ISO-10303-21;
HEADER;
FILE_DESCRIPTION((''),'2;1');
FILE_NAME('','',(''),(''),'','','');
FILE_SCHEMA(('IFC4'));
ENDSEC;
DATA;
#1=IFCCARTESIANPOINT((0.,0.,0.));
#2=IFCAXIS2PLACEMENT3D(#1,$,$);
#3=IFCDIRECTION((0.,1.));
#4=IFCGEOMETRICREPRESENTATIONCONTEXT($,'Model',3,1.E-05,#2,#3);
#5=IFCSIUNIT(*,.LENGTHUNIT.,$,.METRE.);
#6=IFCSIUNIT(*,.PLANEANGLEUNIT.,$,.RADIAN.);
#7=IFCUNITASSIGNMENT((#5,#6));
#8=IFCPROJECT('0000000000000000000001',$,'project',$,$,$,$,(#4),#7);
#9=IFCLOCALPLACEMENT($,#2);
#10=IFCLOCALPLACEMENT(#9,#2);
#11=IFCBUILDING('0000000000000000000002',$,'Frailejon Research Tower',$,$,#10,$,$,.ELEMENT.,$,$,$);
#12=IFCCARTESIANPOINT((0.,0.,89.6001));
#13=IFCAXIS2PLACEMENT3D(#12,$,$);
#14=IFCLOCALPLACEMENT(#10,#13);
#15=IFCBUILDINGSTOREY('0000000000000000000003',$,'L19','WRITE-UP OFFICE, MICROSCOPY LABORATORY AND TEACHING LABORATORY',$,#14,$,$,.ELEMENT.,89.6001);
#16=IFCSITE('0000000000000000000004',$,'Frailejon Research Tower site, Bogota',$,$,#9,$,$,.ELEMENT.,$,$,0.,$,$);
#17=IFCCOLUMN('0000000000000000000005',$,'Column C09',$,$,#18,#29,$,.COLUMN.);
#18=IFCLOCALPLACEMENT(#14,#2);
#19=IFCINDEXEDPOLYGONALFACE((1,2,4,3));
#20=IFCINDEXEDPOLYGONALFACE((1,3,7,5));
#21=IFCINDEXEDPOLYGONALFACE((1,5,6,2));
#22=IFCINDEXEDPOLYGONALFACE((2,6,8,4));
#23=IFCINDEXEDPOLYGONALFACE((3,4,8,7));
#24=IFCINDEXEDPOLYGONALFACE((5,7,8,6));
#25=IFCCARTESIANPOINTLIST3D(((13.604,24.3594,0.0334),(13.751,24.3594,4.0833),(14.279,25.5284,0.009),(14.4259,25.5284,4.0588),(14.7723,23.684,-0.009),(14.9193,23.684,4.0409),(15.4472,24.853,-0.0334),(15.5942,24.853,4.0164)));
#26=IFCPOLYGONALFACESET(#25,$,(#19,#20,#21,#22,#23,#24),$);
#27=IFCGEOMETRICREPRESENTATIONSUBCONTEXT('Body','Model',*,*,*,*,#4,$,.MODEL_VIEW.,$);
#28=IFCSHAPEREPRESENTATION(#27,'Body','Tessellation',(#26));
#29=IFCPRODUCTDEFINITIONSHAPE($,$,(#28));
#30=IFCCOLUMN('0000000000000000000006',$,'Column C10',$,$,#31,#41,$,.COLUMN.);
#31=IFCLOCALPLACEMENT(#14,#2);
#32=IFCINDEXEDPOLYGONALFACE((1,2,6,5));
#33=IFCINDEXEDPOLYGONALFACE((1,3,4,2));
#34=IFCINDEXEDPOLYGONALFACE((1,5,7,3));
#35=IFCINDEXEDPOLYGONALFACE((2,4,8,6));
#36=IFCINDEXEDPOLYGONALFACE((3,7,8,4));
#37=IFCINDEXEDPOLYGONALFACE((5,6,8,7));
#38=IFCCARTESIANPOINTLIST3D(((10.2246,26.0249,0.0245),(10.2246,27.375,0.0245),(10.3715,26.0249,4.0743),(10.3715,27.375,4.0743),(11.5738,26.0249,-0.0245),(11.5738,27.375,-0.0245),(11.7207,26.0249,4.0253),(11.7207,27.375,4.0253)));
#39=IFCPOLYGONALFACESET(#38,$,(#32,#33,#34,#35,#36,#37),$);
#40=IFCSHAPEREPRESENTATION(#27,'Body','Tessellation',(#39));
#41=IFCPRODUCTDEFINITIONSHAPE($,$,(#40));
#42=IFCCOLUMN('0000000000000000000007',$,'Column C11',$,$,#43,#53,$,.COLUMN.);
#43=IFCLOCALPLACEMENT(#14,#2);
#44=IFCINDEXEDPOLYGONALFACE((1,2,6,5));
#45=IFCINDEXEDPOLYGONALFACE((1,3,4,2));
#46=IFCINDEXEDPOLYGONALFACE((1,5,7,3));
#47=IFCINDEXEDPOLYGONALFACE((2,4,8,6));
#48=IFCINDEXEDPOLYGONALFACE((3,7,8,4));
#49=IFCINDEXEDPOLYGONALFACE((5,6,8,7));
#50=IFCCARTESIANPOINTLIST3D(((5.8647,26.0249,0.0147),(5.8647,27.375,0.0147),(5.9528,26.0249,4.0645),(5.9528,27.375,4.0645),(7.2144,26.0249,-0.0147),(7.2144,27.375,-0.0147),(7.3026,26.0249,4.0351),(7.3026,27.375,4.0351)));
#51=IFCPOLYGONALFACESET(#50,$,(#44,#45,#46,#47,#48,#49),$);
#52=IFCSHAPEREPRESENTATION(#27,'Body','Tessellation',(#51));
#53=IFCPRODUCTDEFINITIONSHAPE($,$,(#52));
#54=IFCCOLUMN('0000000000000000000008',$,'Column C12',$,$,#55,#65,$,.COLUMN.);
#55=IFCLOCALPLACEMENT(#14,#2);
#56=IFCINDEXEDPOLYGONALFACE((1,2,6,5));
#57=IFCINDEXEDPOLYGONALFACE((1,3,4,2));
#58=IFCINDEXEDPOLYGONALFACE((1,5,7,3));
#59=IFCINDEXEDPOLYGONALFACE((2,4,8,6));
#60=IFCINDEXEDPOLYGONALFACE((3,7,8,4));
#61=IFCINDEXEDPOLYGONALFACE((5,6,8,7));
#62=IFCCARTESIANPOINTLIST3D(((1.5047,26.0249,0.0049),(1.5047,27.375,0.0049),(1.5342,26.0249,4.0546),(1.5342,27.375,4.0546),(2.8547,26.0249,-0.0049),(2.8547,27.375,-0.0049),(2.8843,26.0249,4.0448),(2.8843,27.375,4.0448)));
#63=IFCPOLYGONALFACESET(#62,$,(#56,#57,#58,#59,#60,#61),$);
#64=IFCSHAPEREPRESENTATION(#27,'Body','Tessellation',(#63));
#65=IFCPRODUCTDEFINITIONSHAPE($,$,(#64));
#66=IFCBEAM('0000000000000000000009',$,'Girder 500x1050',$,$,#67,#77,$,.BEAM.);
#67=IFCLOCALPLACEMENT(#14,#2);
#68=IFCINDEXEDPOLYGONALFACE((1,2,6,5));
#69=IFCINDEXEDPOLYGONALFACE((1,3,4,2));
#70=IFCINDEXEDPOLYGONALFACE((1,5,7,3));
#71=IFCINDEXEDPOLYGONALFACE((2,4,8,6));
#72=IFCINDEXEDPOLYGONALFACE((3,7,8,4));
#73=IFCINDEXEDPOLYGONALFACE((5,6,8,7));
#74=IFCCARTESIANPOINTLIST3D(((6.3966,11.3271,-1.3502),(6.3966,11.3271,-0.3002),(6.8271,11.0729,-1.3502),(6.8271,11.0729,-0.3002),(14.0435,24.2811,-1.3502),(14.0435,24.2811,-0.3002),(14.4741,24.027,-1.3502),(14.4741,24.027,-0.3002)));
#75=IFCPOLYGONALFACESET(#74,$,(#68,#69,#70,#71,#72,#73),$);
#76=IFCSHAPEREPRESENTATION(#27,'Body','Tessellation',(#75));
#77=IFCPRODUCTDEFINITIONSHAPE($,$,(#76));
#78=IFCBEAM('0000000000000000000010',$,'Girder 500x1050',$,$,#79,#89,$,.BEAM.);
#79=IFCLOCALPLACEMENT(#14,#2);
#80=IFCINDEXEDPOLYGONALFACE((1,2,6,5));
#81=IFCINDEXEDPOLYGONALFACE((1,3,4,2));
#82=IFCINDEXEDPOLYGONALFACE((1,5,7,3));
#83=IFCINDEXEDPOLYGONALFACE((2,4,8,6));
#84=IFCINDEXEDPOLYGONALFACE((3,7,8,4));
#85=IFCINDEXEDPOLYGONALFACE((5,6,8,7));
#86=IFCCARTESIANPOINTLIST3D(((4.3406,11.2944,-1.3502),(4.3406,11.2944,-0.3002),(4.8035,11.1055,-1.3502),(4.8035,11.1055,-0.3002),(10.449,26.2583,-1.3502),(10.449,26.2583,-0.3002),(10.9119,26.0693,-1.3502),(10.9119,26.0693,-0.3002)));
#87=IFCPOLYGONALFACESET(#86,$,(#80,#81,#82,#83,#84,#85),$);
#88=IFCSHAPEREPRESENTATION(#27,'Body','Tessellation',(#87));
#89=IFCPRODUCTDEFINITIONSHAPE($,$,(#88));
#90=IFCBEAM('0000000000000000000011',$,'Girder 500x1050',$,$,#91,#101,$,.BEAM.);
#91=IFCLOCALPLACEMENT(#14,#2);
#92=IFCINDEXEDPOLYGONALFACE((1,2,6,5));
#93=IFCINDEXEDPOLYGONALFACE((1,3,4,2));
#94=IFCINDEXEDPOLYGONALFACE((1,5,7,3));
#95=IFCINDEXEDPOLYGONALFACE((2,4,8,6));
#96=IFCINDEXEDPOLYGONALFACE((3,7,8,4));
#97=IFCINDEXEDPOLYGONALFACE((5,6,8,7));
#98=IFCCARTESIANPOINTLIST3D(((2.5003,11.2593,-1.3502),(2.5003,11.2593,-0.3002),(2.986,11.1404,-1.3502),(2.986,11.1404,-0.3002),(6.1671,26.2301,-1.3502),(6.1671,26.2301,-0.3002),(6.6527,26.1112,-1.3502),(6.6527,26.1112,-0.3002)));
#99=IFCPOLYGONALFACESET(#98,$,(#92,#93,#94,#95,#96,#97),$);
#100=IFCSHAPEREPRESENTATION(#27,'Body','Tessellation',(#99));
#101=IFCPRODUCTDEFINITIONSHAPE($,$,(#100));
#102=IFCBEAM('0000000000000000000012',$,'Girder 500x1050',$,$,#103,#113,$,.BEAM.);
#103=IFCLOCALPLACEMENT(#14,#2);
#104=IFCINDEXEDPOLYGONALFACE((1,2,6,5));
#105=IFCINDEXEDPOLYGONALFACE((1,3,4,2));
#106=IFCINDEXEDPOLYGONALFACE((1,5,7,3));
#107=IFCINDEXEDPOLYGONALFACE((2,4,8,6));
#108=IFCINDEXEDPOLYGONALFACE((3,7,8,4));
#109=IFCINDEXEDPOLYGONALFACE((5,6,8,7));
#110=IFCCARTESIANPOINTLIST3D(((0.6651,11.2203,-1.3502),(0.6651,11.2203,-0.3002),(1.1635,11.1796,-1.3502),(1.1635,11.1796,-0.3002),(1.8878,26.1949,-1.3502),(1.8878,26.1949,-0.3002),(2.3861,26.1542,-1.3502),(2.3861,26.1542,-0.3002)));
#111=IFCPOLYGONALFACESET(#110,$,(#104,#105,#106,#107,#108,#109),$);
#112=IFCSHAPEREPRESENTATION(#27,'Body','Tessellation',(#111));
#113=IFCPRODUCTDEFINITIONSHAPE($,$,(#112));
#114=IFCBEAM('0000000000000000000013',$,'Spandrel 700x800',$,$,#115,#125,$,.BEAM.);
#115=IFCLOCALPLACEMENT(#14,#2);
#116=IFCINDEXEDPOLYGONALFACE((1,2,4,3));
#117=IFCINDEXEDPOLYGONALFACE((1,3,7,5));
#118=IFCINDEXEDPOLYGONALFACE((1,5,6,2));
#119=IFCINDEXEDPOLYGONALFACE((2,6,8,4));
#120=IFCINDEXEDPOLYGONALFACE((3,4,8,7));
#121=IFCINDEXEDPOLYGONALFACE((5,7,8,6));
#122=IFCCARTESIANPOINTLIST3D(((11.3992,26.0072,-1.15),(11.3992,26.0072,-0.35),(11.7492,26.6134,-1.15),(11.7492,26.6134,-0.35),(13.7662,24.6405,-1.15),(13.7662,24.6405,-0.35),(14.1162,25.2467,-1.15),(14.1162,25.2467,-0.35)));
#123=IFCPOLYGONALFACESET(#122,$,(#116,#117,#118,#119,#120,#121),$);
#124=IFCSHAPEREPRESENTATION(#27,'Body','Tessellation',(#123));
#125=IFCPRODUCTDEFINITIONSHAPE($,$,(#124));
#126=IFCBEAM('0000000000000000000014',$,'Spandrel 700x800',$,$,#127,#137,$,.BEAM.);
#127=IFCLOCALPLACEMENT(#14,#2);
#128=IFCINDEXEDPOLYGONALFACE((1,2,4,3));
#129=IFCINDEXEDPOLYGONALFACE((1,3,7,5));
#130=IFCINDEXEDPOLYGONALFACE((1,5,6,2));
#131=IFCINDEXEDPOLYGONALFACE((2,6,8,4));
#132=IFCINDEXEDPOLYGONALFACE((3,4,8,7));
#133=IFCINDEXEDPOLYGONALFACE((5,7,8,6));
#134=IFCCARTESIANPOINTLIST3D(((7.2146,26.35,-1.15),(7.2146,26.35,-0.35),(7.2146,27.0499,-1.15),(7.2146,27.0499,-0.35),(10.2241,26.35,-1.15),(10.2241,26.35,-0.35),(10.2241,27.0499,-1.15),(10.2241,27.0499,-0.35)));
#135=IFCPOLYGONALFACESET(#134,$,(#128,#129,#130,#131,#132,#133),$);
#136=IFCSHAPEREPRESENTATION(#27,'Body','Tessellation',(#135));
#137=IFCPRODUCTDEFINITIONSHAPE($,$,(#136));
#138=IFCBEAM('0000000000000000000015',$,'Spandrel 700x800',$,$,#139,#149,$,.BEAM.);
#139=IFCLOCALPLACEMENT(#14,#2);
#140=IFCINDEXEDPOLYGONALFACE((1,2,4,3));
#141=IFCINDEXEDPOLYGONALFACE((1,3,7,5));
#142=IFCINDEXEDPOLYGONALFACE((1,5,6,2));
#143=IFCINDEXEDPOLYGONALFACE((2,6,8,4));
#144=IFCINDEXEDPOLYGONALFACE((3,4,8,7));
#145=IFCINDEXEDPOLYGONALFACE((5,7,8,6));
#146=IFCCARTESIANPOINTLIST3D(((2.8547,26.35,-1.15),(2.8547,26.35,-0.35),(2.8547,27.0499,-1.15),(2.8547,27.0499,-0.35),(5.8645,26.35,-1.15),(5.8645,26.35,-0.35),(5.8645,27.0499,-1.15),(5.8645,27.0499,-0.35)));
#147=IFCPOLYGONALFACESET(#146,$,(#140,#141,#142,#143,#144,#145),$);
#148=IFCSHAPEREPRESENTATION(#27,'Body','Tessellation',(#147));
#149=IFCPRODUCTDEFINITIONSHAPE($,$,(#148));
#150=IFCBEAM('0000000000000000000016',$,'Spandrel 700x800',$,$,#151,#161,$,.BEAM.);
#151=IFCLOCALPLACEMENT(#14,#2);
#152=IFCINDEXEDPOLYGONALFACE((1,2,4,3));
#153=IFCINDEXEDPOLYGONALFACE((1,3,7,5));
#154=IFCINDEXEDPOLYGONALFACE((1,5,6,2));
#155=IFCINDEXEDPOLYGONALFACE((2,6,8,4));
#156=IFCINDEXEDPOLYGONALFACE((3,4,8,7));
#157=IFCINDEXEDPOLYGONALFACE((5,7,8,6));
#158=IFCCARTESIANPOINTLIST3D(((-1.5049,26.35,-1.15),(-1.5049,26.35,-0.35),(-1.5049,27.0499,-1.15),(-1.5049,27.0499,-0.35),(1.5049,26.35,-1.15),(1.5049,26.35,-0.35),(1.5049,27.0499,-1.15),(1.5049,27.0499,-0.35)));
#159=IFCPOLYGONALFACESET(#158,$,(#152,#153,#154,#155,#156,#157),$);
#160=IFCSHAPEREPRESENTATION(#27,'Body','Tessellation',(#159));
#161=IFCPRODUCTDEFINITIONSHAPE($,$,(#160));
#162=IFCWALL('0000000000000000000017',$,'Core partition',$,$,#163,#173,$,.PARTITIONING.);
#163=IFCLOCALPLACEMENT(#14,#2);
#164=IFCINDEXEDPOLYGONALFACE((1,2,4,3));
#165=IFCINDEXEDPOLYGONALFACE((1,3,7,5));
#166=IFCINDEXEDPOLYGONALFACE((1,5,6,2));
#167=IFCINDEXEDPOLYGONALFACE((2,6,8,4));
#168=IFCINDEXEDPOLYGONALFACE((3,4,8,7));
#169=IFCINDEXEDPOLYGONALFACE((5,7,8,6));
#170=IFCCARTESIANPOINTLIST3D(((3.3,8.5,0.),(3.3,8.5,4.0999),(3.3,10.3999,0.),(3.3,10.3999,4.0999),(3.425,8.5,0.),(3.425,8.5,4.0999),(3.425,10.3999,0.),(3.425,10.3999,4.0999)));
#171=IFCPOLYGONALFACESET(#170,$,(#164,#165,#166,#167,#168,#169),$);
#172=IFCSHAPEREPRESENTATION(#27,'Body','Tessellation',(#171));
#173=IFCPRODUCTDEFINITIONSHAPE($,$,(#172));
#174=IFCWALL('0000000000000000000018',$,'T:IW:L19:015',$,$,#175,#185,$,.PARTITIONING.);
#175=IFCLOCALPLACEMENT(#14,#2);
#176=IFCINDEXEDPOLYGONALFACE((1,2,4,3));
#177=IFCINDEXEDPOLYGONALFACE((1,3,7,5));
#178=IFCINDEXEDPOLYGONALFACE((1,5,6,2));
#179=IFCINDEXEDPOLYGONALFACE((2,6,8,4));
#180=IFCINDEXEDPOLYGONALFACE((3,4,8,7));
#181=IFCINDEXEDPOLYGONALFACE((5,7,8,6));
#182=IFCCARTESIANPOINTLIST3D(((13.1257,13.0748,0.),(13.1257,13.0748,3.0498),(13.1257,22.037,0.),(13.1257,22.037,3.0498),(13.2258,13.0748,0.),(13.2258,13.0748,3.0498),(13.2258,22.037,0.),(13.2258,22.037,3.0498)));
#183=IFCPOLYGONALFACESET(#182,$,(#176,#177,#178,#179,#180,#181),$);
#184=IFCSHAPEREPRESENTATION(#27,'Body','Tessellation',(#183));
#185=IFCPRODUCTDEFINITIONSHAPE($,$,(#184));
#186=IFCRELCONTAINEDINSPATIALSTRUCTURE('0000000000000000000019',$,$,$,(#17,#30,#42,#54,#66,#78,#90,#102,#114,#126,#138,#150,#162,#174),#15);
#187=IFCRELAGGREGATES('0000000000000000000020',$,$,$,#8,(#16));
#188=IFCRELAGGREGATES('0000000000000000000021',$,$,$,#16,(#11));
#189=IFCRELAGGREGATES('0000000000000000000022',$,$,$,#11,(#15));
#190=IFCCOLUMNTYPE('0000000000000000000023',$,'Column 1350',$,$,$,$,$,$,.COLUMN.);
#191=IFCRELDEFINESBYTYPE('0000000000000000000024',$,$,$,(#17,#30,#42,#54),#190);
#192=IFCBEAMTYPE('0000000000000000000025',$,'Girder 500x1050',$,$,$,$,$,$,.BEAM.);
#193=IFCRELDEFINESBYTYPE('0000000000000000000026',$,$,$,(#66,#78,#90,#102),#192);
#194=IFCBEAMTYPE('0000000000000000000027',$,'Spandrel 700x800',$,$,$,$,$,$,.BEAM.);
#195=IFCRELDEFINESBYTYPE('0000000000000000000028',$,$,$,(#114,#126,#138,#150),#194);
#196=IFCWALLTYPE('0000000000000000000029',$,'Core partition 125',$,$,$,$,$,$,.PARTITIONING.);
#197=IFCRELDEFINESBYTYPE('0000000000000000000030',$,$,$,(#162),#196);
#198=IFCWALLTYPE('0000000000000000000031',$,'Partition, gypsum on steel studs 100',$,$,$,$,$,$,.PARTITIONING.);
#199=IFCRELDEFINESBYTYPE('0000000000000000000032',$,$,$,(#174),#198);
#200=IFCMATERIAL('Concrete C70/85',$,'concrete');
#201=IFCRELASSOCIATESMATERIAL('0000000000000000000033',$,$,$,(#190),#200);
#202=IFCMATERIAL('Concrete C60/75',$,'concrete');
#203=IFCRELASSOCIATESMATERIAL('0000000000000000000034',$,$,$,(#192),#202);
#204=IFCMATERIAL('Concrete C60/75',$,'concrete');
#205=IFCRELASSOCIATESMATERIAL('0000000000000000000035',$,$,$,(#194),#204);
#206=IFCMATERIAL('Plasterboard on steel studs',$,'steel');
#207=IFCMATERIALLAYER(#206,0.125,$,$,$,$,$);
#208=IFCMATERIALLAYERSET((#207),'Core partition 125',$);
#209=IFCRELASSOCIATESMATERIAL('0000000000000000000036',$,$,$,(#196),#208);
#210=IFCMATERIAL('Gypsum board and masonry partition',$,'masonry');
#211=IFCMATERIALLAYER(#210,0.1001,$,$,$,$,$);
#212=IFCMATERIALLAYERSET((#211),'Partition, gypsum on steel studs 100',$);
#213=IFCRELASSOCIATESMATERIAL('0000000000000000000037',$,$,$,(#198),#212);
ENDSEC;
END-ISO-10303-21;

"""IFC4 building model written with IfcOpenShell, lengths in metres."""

from ifc_helpers import new_model, si_unit, direction, frame, frame_2d, origin, origin_2d, place, context, subcontext, project, spatial, rectangle, extrude, material, layer, layer_set, material_profile, profile_set, type_object, element, save


model = new_model("IFC4")

# Units and contexts
model_context = context("Model", 3, precision=1e-05, world=origin(), true_north=direction((0.0, 1.0)))
body_context = subcontext(model_context, "Body", "Model", "MODEL_VIEW")
ifc_project = project(units=[si_unit("LENGTHUNIT", "METRE"), si_unit("PLANEANGLEUNIT", "RADIAN")], contexts=[model_context])

# Site, building, storey
site_placement = place(None, origin())
site = spatial("IfcSite", under=ifc_project, at=site_placement, Name="Frailejon Research Tower site, Bogota", CompositionType="ELEMENT", RefElevation=0.0)
building_placement = place(site_placement, origin())
building = spatial("IfcBuilding", under=site, at=building_placement, Name="Frailejon Research Tower", CompositionType="ELEMENT")
storey_placement = place(building_placement, frame((0.0, 0.0, 89.6001)))
storey = spatial("IfcBuildingStorey", under=building, at=storey_placement, Name="L19", Description="WRITE-UP OFFICE, MICROSCOPY LABORATORY AND TEACHING LABORATORY", CompositionType="ELEMENT", Elevation=89.6001)

# Columns
ifc_material_1 = material(Name="Concrete C70/85", Category="concrete")
ifc_material_profile_1 = material_profile(ifc_material_1, rectangle(XDim=1.3501, YDim=1.3501, at=origin_2d()), Name="Column 1350")
ifc_profile_set_1 = profile_set([ifc_material_profile_1], Name="Concrete C70/85")
column_type = type_object("IfcColumnType", Name="Column 1350", PredefinedType="COLUMN", material=ifc_profile_set_1)
for number, where, z_axis, x_axis, name in (
    (1, (14.5256, 24.6062, 0.0), (0.036267, 0.0, 0.999342), (-0.865313, 0.500246, 0.031403), "Column C09"),
    (2, (10.8992, 26.7, 0.0), (0.036267, 0.0, 0.999342), (-0.999342, 0.0, 0.036267), "Column C10"),
):
    element("IfcColumn", number, at=place(storey_placement, frame(where, z_axis=z_axis, x_axis=x_axis)), inside=storey, type_object=column_type, Name=name, PredefinedType="COLUMN", context=body_context, shape_type="SweptSolid", body=[
        extrude(rectangle(XDim=1.3501, YDim=1.3501, at=origin_2d()), origin(), (0.0, 0.0, 1.0), 4.0525),
    ])
column_1_placement = place(storey_placement, frame((6.5396, 26.7, 0.0), z_axis=(0.021758, 0.0, 0.999763), x_axis=(-0.999763, 0.0, 0.021758)))
element("IfcColumn", 3, at=column_1_placement, inside=storey, type_object=column_type, Name="Column C11", PredefinedType="COLUMN", context=body_context, shape_type="SweptSolid", body=[
    extrude(rectangle(XDim=1.3501, YDim=1.3501, at=origin_2d()), origin(), (0.0, 0.0, 1.0), 4.0508),
])
column_2_placement = place(storey_placement, frame((2.1797, 26.7, 0.0), z_axis=(0.007294, 0.0, 0.999973), x_axis=(-0.999973, 0.0, 0.007294)))
element("IfcColumn", 4, at=column_2_placement, inside=storey, type_object=column_type, Name="Column C12", PredefinedType="COLUMN", context=body_context, shape_type="SweptSolid", body=[
    extrude(rectangle(XDim=1.3501, YDim=1.3501, at=origin_2d()), origin(), (0.0, 0.0, 1.0), 4.0498),
])

# Beams
ifc_material_2 = material(Name="Concrete C60/75", Category="concrete")
ifc_material_profile_2 = material_profile(ifc_material_2, rectangle(XDim=0.5, YDim=1.05, at=origin_2d()), Name="Girder 500x1050")
ifc_profile_set_2 = profile_set([ifc_material_profile_2], Name="Concrete C60/75")
beam_type_1 = type_object("IfcBeamType", Name="Girder 500x1050", PredefinedType="BEAM", material=ifc_profile_set_2)
beam_1_placement = place(storey_placement, frame((14.2588, 24.1541, -0.8252), z_axis=(-0.508349, -0.861151, 0.0), x_axis=(0.861151, -0.508349, 0.0)))
element("IfcBeam", 5, at=beam_1_placement, inside=storey, type_object=beam_type_1, Name="Girder 500x1050", PredefinedType="BEAM", context=body_context, shape_type="SweptSolid", body=[
    extrude(rectangle(XDim=0.5, YDim=1.05, at=origin_2d()), origin(), (0.0, 0.0, 1.0), 15.0427),
])
beam_2_placement = place(storey_placement, frame((10.6804, 26.1638, -0.8252), z_axis=(-0.377934, -0.925833, 0.0), x_axis=(0.925833, -0.377934, 0.0)))
element("IfcBeam", 6, at=beam_2_placement, inside=storey, type_object=beam_type_1, Name="Girder 500x1050", PredefinedType="BEAM", context=body_context, shape_type="SweptSolid", body=[
    extrude(rectangle(XDim=0.5, YDim=1.05, at=origin_2d()), origin(), (0.0, 0.0, 1.0), 16.1626),
])
beam_3_placement = place(storey_placement, frame((6.4099, 26.1707, -0.8252), z_axis=(-0.237896, -0.971291, 0.0), x_axis=(0.971291, -0.237896, 0.0)))
element("IfcBeam", 7, at=beam_3_placement, inside=storey, type_object=beam_type_1, Name="Girder 500x1050", PredefinedType="BEAM", context=body_context, shape_type="SweptSolid", body=[
    extrude(rectangle(XDim=0.5, YDim=1.05, at=origin_2d()), origin(), (0.0, 0.0, 1.0), 15.4133),
])
beam_4_placement = place(storey_placement, frame((2.137, 26.1746, -0.8252), z_axis=(-0.081378, -0.996683, 0.0), x_axis=(0.996683, -0.081378, 0.0)))
element("IfcBeam", 8, at=beam_4_placement, inside=storey, type_object=beam_type_1, Name="Girder 500x1050", PredefinedType="BEAM", context=body_context, shape_type="SweptSolid", body=[
    extrude(rectangle(XDim=0.5, YDim=1.05, at=origin_2d()), origin(), (0.0, 0.0, 1.0), 15.0244),
])
ifc_material_3 = material(Name="Concrete C60/75", Category="concrete")
ifc_material_profile_3 = material_profile(ifc_material_3, rectangle(XDim=0.7, YDim=0.8, at=origin_2d()), Name="Spandrel 700x800")
ifc_profile_set_3 = profile_set([ifc_material_profile_3], Name="Concrete C60/75")
beam_type_2 = type_object("IfcBeamType", Name="Spandrel 700x800", PredefinedType="BEAM", material=ifc_profile_set_3)
beam_5_placement = place(storey_placement, frame((13.9412, 24.9436, -0.75), z_axis=(-0.866003, 0.500039, 0.0), x_axis=(-0.500039, -0.866003, 0.0)))
element("IfcBeam", 9, at=beam_5_placement, inside=storey, type_object=beam_type_2, Name="Spandrel 700x800", PredefinedType="BEAM", context=body_context, shape_type="SweptSolid", body=[
    extrude(rectangle(XDim=0.7, YDim=0.8, at=origin_2d()), origin(), (0.0, 0.0, 1.0), 2.7332),
])
beam_6_placement = place(storey_placement, frame((10.2241, 26.7, -0.75), z_axis=(-1.0, 0.0, 0.0), x_axis=(0.0, -1.0, 0.0)))
element("IfcBeam", 10, at=beam_6_placement, inside=storey, type_object=beam_type_2, Name="Spandrel 700x800", PredefinedType="BEAM", context=body_context, shape_type="SweptSolid", body=[
    extrude(rectangle(XDim=0.7, YDim=0.8, at=origin_2d()), origin(), (0.0, 0.0, 1.0), 3.0095),
])
for number, where, z_axis, x_axis, name in (
    (11, (5.8645, 26.7, -0.75), (-1.0, 0.0, 0.0), (0.0, -1.0, 0.0), "Spandrel 700x800"),
    (12, (1.5049, 26.7, -0.75), (-1.0, 0.0, 0.0), (0.0, -1.0, 0.0), "Spandrel 700x800"),
):
    element("IfcBeam", number, at=place(storey_placement, frame(where, z_axis=z_axis, x_axis=x_axis)), inside=storey, type_object=beam_type_2, Name=name, PredefinedType="BEAM", context=body_context, shape_type="SweptSolid", body=[
        extrude(rectangle(XDim=0.7, YDim=0.8, at=origin_2d()), origin(), (0.0, 0.0, 1.0), 3.0098),
    ])

# Walls
ifc_material_4 = material(Name="Plasterboard on steel studs", Category="steel")
ifc_layer_1 = layer(ifc_material_4, 0.125)
ifc_layer_set_1 = layer_set([ifc_layer_1], Name="Core partition 125")
wall_type_1 = type_object("IfcWallType", Name="Core partition 125", PredefinedType="PARTITIONING", material=ifc_layer_set_1)
wall_1_placement = place(storey_placement, frame((3.3625, 8.5, 0.0), z_axis=(0.0, 0.0, 1.0), x_axis=(0.0, 1.0, 0.0)))
element("IfcWall", 13, at=wall_1_placement, inside=storey, type_object=wall_type_1, Name="Core partition", PredefinedType="PARTITIONING", context=body_context, shape_type="SweptSolid", body=[
    extrude(rectangle(XDim=1.8999, YDim=0.125, at=frame_2d((0.95, 0.0))), origin(), (0.0, 0.0, 1.0), 4.0999),
])
ifc_material_5 = material(Name="Gypsum board and masonry partition", Category="masonry")
ifc_layer_2 = layer(ifc_material_5, 0.1001)
ifc_layer_set_2 = layer_set([ifc_layer_2], Name="Partition, gypsum on steel studs 100")
wall_type_2 = type_object("IfcWallType", Name="Partition, gypsum on steel studs 100", PredefinedType="PARTITIONING", material=ifc_layer_set_2)
wall_2_placement = place(storey_placement, frame((13.1758, 13.075, 0.0), z_axis=(0.0, 0.0, 1.0), x_axis=(0.0, 1.0, 0.0)))
element("IfcWall", 14, at=wall_2_placement, inside=storey, type_object=wall_type_2, Name="T:IW:L19:015", PredefinedType="PARTITIONING", context=body_context, shape_type="SweptSolid", body=[
    extrude(rectangle(XDim=8.9622, YDim=0.1001, at=frame_2d((4.481, 0.0))), origin(), (0.0, 0.0, 1.0), 3.0498),
])

save(model, "model.ifc")
